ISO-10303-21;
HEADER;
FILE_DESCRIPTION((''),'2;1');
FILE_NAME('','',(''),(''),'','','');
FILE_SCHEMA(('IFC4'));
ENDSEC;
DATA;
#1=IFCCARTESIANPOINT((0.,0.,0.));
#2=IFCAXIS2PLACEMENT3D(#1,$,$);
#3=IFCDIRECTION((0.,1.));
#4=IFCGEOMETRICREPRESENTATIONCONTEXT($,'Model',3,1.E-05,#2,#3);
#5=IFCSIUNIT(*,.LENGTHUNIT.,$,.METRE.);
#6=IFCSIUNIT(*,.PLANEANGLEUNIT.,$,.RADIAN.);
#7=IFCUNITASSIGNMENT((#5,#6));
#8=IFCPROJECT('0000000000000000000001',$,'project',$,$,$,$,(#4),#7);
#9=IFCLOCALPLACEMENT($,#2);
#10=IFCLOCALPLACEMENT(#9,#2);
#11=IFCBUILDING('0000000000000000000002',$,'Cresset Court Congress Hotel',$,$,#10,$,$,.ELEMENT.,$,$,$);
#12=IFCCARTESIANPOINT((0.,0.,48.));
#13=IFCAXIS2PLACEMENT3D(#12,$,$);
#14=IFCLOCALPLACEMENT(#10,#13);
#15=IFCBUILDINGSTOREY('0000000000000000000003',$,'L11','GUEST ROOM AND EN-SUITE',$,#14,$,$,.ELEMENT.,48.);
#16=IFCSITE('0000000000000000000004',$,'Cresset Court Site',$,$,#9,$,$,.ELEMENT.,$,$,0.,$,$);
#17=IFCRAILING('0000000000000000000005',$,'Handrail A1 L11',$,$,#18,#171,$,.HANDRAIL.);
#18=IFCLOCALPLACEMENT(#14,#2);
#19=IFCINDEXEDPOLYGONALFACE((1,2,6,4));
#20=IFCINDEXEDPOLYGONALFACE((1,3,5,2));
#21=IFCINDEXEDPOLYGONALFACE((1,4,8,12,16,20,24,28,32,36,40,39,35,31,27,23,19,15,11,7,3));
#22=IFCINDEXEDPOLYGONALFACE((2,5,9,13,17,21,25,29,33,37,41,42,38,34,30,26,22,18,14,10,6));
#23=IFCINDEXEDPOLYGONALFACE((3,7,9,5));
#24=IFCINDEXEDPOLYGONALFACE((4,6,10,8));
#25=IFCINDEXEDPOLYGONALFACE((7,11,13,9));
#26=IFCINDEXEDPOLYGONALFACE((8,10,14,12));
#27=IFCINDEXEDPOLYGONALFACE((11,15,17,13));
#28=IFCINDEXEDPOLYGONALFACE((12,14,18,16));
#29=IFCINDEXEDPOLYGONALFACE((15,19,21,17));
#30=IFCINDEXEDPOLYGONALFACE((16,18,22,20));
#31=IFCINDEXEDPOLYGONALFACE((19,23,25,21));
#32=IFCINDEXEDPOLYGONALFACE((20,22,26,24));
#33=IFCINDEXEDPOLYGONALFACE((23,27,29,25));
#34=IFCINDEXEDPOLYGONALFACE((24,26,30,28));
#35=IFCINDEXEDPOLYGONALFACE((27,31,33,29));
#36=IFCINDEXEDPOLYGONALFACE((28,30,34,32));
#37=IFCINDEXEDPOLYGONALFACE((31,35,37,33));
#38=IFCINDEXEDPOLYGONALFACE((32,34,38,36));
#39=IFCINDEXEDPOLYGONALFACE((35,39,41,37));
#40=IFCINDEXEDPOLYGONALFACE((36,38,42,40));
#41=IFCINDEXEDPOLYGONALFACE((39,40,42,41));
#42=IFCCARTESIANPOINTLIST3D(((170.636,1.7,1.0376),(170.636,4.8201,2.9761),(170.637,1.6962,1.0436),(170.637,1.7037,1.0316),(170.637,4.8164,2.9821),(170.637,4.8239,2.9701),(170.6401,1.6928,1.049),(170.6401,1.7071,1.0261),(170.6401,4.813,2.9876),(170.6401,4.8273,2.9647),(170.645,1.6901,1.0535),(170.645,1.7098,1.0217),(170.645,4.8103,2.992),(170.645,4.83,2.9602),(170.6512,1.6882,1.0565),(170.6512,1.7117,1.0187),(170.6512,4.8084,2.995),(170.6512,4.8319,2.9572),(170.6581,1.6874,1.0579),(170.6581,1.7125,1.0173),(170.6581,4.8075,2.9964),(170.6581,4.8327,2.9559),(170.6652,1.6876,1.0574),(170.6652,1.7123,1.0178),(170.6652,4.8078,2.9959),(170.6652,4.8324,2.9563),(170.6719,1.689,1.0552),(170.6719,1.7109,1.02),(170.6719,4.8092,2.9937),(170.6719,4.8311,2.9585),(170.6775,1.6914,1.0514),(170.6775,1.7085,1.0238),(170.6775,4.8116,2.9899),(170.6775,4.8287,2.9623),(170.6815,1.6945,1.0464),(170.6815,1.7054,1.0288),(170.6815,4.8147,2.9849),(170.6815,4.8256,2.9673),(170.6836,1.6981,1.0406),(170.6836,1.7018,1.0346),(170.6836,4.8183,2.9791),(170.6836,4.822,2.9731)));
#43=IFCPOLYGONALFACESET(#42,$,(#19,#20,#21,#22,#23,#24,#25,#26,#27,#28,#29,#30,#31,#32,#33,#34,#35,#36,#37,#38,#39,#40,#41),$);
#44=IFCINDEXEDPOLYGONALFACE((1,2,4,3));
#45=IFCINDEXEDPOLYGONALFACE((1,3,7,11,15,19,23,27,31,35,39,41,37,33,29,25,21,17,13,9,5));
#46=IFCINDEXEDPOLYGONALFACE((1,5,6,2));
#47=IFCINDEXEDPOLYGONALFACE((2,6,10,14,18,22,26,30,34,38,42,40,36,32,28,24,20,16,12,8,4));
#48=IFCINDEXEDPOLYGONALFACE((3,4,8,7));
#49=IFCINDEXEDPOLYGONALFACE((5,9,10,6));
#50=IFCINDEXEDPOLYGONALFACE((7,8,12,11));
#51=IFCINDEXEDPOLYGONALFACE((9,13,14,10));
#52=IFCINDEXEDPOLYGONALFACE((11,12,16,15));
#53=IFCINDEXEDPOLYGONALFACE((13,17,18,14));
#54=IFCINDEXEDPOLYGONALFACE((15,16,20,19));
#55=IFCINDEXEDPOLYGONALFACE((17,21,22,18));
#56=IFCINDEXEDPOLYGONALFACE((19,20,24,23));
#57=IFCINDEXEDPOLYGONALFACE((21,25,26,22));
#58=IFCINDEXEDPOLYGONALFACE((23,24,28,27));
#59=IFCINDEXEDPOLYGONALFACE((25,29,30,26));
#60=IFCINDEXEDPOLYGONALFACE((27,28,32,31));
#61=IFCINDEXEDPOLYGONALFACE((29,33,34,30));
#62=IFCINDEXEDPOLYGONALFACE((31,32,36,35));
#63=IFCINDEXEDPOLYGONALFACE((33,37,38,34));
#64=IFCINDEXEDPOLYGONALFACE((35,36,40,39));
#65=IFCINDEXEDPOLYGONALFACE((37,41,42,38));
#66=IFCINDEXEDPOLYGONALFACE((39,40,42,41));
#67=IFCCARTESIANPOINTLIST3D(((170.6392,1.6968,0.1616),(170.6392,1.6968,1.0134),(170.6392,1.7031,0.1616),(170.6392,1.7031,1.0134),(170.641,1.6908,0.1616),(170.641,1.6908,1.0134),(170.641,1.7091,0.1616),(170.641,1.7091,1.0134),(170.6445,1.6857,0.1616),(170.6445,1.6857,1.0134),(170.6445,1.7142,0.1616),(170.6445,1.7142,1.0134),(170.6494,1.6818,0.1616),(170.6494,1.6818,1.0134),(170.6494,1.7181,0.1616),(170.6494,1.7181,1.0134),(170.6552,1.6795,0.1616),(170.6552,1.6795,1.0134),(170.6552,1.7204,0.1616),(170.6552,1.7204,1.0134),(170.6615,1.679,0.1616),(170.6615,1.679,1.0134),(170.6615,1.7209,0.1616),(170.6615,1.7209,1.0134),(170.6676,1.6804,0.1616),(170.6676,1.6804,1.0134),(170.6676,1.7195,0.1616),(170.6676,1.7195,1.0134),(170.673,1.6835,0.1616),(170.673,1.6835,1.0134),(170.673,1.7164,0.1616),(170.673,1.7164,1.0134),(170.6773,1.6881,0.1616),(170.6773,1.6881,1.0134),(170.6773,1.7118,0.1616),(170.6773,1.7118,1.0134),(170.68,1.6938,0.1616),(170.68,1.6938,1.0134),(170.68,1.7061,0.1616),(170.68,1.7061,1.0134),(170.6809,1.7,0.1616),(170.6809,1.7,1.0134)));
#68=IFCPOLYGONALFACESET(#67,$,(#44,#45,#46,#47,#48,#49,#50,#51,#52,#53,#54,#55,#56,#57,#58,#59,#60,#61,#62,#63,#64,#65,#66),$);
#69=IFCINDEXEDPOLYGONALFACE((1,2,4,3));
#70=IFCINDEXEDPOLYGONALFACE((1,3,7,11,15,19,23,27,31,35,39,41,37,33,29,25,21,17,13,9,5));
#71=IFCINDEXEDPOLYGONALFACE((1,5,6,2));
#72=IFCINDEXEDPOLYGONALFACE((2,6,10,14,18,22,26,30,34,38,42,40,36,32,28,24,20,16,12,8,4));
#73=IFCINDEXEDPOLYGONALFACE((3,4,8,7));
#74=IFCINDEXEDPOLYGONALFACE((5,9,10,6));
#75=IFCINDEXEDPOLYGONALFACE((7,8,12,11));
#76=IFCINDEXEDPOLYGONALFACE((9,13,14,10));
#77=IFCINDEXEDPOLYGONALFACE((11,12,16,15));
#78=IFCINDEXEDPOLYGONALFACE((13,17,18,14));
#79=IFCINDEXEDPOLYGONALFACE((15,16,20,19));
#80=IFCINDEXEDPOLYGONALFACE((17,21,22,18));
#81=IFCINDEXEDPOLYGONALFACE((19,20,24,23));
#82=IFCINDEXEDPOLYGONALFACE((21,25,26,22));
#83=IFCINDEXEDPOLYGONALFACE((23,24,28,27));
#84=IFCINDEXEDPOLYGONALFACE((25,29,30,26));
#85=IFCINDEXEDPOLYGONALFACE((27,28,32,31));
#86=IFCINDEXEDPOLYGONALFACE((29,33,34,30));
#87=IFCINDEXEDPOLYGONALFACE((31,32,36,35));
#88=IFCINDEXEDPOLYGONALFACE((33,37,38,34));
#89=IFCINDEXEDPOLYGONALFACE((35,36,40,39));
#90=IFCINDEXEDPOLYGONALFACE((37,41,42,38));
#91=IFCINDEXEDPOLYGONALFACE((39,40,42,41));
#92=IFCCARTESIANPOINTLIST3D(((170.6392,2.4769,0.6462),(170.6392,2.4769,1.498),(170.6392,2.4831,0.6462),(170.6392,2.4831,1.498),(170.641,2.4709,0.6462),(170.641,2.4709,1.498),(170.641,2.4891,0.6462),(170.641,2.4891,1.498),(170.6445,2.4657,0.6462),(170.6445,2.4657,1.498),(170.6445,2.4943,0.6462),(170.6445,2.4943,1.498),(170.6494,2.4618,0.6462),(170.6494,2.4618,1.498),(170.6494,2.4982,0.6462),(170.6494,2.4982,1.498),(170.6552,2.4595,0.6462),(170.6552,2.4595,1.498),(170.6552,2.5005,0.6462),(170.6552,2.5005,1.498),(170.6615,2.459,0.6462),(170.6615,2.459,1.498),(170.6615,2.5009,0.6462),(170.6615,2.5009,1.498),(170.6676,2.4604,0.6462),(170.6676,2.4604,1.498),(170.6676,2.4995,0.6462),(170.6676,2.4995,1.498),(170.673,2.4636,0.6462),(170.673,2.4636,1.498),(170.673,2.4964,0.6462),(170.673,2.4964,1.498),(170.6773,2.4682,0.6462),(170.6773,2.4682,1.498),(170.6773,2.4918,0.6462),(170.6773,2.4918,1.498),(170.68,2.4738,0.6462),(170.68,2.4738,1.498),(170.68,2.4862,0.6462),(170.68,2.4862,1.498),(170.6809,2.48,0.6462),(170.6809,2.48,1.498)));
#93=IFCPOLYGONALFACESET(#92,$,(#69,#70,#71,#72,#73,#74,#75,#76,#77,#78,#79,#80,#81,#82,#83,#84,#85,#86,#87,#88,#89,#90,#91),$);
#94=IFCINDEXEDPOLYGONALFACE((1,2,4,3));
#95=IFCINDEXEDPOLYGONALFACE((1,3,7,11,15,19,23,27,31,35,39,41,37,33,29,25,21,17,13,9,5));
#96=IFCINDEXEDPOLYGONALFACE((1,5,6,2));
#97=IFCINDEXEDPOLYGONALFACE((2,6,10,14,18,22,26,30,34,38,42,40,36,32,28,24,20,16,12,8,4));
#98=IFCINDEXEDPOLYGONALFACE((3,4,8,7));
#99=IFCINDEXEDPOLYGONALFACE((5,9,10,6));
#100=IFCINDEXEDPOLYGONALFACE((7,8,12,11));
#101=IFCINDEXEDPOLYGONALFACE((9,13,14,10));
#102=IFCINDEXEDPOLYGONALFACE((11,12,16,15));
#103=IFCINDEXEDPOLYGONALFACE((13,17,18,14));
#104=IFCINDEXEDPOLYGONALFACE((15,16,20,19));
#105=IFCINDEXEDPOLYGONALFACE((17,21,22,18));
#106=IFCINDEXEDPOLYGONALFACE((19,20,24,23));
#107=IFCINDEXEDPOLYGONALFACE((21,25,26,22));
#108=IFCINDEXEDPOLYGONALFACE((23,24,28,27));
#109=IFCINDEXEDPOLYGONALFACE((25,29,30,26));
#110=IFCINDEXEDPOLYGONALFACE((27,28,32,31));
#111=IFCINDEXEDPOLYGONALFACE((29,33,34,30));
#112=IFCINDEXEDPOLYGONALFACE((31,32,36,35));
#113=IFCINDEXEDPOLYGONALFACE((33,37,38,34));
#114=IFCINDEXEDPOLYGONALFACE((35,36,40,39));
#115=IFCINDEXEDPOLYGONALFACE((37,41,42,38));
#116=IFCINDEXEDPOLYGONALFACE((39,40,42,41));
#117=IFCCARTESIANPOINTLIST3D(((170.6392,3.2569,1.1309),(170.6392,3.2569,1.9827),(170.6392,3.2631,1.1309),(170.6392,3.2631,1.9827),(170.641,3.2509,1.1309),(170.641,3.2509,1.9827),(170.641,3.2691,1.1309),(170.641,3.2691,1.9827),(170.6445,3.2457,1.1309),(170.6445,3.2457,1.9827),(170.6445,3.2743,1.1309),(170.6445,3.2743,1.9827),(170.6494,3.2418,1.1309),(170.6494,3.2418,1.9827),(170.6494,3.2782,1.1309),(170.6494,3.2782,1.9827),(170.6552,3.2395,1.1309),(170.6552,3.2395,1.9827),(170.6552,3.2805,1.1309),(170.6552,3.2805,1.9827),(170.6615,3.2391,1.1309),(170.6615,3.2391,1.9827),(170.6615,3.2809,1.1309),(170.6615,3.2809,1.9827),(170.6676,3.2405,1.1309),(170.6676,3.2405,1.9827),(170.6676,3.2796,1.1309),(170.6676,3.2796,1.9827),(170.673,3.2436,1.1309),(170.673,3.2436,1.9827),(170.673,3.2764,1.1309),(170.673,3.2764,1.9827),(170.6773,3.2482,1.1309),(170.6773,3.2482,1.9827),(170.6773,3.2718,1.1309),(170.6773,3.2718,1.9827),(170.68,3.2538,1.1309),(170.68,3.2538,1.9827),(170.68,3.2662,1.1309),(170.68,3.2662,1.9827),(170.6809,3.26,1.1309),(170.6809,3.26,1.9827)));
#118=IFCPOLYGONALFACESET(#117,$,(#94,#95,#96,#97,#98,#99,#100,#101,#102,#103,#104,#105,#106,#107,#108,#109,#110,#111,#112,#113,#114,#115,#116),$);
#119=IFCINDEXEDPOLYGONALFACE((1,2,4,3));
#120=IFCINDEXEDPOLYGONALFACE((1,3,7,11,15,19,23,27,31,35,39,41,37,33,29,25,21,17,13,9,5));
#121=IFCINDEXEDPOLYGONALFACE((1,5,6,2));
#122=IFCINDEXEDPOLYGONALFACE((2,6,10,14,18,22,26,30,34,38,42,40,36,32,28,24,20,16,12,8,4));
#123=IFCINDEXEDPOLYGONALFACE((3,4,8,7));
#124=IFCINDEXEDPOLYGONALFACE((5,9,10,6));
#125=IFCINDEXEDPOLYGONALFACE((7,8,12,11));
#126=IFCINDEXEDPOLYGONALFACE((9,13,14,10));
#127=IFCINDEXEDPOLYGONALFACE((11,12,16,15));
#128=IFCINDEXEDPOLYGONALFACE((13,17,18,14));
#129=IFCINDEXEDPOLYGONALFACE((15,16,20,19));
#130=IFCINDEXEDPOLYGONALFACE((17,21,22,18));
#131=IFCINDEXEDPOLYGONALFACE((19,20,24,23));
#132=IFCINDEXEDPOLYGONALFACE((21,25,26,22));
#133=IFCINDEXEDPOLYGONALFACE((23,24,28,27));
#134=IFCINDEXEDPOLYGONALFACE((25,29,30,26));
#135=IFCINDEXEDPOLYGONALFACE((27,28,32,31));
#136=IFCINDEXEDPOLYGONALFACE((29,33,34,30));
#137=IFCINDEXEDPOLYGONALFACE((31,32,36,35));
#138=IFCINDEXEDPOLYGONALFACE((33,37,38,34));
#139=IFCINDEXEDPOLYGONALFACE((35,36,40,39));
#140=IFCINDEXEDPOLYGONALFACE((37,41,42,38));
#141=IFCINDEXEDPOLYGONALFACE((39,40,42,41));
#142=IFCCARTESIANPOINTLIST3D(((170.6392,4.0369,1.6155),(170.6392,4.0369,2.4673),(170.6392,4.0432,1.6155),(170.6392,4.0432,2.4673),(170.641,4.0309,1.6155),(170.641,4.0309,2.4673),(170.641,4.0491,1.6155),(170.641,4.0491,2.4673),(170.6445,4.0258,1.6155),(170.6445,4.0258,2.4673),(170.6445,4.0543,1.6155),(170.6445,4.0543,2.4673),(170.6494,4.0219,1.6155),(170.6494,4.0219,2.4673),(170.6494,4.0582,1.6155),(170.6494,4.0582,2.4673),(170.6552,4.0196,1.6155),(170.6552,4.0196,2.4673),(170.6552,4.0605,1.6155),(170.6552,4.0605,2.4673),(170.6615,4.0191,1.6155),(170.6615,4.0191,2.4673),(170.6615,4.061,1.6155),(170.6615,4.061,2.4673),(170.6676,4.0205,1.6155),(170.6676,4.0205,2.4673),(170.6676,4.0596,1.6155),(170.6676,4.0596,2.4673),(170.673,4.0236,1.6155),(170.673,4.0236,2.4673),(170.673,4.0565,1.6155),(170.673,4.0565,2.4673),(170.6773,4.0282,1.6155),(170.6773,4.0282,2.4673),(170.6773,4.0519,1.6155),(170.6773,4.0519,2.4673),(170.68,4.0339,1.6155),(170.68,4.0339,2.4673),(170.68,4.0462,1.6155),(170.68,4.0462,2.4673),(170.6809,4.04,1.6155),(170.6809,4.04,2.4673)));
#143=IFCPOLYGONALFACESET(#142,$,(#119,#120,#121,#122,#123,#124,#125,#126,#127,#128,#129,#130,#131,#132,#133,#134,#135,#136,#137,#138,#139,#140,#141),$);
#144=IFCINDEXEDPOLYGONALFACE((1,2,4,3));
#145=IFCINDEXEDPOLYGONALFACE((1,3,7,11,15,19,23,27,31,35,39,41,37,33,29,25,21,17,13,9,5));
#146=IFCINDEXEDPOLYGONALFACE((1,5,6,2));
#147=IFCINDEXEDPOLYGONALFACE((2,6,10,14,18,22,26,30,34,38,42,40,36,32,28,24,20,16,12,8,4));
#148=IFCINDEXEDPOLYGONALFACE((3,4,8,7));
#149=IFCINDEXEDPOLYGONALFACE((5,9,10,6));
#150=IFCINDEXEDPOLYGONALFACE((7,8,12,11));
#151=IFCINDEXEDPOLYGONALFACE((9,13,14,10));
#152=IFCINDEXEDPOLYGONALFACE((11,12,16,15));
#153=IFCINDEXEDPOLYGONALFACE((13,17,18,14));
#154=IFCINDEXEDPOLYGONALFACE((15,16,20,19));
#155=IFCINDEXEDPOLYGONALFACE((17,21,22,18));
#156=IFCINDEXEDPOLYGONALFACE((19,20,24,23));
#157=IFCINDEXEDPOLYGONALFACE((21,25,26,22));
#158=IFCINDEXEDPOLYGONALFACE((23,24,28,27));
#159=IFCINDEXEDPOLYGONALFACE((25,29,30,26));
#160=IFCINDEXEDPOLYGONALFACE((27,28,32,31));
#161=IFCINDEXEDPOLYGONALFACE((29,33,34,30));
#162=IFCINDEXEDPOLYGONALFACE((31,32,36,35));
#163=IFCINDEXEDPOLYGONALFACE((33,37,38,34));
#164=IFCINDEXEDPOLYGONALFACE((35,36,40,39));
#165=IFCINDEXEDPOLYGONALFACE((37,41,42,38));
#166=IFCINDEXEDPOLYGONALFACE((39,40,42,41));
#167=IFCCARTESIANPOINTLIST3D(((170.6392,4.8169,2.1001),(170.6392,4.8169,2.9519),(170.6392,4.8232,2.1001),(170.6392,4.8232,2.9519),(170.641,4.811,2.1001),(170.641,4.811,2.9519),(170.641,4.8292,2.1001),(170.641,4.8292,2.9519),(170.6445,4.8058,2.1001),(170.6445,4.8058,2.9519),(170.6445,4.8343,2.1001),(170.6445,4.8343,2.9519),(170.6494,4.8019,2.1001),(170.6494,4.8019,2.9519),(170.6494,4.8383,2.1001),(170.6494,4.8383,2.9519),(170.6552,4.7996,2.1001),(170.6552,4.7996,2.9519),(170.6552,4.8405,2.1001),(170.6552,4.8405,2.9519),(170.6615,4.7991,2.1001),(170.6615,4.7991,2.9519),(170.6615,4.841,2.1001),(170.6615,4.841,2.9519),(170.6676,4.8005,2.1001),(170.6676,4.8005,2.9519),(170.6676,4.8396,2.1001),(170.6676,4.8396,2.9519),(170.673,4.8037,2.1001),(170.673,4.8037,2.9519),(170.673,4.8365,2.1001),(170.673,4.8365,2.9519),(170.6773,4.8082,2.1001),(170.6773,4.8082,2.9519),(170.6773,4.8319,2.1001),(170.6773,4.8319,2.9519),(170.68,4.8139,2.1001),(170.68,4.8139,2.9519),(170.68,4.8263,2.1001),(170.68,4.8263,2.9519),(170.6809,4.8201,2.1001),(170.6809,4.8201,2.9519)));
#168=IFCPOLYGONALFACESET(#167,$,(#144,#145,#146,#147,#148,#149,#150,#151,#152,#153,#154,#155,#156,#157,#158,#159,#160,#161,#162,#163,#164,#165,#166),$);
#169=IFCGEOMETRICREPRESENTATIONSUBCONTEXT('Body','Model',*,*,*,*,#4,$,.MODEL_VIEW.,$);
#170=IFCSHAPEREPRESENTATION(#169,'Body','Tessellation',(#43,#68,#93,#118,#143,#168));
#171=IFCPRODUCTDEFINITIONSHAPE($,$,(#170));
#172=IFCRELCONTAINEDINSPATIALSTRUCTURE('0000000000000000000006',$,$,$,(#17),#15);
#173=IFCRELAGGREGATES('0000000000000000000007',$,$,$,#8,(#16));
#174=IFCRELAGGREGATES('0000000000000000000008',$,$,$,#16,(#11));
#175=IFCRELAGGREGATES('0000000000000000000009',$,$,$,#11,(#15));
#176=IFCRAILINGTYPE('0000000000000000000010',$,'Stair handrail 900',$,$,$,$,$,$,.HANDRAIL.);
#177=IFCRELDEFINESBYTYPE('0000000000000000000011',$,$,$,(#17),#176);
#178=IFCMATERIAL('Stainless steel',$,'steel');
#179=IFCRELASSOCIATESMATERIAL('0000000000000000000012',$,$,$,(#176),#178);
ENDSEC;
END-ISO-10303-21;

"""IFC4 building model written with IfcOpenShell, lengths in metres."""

from ifc_helpers import new_model, si_unit, direction, frame, origin, origin_2d, place, context, subcontext, project, spatial, circle, extrude, material, type_object, element, save


model = new_model("IFC4")

# Units and contexts
model_context = context("Model", 3, precision=1e-05, world=origin(), true_north=direction((0.0, 1.0)))
body_context = subcontext(model_context, "Body", "Model", "MODEL_VIEW")
ifc_project = project(units=[si_unit("LENGTHUNIT", "METRE"), si_unit("PLANEANGLEUNIT", "RADIAN")], contexts=[model_context])

# Site, building, storey
site_placement = place(None, origin())
site = spatial("IfcSite", under=ifc_project, at=site_placement, Name="Cresset Court Site", CompositionType="ELEMENT", RefElevation=0.0)
building_placement = place(site_placement, origin())
building = spatial("IfcBuilding", under=site, at=building_placement, Name="Cresset Court Congress Hotel", CompositionType="ELEMENT")
storey_placement = place(building_placement, frame((0.0, 0.0, 48.0)))
storey = spatial("IfcBuildingStorey", under=building, at=storey_placement, Name="L11", Description="GUEST ROOM AND EN-SUITE", CompositionType="ELEMENT", Elevation=48.0)

# Railing
ifc_material_1 = material(Name="Stainless steel", Category="steel")
railing_type_1 = type_object("IfcRailingType", Name="Stair handrail 900", PredefinedType="HANDRAIL", material=ifc_material_1)
for number, where, name in (
    (1, (170.6599, 1.7, 0.1616), "Handrail A1 L11"),
):
    element("IfcRailing", number, at=place(storey_placement, frame(where)), inside=storey, type_object=railing_type_1, Name=name, PredefinedType="HANDRAIL", context=body_context, shape_type="SweptSolid", body=[
        extrude(circle(Radius=0.0239, at=origin_2d()), frame((0.0, 0.0, 0.876), z_axis=(0.0, 0.849414, 0.527727), x_axis=(-1.0, 0.0, 0.0)), (0.0, 0.0, 1.0), 3.6733),
        extrude(circle(Radius=0.021, at=origin_2d()), origin(), (0.0, 0.0, 1.0), 0.8518),
        extrude(circle(Radius=0.021, at=origin_2d()), frame((0.0, 0.78, 0.4846)), (0.0, 0.0, 1.0), 0.8518),
        extrude(circle(Radius=0.021, at=origin_2d()), frame((0.0, 1.5601, 0.9692)), (0.0, 0.0, 1.0), 0.8518),
        extrude(circle(Radius=0.021, at=origin_2d()), frame((0.0, 2.3401, 1.4539)), (0.0, 0.0, 1.0), 0.8518),
        extrude(circle(Radius=0.021, at=origin_2d()), frame((0.0, 3.1201, 1.9385)), (0.0, 0.0, 1.0), 0.8518),
    ])

save(model, "model.ifc")
